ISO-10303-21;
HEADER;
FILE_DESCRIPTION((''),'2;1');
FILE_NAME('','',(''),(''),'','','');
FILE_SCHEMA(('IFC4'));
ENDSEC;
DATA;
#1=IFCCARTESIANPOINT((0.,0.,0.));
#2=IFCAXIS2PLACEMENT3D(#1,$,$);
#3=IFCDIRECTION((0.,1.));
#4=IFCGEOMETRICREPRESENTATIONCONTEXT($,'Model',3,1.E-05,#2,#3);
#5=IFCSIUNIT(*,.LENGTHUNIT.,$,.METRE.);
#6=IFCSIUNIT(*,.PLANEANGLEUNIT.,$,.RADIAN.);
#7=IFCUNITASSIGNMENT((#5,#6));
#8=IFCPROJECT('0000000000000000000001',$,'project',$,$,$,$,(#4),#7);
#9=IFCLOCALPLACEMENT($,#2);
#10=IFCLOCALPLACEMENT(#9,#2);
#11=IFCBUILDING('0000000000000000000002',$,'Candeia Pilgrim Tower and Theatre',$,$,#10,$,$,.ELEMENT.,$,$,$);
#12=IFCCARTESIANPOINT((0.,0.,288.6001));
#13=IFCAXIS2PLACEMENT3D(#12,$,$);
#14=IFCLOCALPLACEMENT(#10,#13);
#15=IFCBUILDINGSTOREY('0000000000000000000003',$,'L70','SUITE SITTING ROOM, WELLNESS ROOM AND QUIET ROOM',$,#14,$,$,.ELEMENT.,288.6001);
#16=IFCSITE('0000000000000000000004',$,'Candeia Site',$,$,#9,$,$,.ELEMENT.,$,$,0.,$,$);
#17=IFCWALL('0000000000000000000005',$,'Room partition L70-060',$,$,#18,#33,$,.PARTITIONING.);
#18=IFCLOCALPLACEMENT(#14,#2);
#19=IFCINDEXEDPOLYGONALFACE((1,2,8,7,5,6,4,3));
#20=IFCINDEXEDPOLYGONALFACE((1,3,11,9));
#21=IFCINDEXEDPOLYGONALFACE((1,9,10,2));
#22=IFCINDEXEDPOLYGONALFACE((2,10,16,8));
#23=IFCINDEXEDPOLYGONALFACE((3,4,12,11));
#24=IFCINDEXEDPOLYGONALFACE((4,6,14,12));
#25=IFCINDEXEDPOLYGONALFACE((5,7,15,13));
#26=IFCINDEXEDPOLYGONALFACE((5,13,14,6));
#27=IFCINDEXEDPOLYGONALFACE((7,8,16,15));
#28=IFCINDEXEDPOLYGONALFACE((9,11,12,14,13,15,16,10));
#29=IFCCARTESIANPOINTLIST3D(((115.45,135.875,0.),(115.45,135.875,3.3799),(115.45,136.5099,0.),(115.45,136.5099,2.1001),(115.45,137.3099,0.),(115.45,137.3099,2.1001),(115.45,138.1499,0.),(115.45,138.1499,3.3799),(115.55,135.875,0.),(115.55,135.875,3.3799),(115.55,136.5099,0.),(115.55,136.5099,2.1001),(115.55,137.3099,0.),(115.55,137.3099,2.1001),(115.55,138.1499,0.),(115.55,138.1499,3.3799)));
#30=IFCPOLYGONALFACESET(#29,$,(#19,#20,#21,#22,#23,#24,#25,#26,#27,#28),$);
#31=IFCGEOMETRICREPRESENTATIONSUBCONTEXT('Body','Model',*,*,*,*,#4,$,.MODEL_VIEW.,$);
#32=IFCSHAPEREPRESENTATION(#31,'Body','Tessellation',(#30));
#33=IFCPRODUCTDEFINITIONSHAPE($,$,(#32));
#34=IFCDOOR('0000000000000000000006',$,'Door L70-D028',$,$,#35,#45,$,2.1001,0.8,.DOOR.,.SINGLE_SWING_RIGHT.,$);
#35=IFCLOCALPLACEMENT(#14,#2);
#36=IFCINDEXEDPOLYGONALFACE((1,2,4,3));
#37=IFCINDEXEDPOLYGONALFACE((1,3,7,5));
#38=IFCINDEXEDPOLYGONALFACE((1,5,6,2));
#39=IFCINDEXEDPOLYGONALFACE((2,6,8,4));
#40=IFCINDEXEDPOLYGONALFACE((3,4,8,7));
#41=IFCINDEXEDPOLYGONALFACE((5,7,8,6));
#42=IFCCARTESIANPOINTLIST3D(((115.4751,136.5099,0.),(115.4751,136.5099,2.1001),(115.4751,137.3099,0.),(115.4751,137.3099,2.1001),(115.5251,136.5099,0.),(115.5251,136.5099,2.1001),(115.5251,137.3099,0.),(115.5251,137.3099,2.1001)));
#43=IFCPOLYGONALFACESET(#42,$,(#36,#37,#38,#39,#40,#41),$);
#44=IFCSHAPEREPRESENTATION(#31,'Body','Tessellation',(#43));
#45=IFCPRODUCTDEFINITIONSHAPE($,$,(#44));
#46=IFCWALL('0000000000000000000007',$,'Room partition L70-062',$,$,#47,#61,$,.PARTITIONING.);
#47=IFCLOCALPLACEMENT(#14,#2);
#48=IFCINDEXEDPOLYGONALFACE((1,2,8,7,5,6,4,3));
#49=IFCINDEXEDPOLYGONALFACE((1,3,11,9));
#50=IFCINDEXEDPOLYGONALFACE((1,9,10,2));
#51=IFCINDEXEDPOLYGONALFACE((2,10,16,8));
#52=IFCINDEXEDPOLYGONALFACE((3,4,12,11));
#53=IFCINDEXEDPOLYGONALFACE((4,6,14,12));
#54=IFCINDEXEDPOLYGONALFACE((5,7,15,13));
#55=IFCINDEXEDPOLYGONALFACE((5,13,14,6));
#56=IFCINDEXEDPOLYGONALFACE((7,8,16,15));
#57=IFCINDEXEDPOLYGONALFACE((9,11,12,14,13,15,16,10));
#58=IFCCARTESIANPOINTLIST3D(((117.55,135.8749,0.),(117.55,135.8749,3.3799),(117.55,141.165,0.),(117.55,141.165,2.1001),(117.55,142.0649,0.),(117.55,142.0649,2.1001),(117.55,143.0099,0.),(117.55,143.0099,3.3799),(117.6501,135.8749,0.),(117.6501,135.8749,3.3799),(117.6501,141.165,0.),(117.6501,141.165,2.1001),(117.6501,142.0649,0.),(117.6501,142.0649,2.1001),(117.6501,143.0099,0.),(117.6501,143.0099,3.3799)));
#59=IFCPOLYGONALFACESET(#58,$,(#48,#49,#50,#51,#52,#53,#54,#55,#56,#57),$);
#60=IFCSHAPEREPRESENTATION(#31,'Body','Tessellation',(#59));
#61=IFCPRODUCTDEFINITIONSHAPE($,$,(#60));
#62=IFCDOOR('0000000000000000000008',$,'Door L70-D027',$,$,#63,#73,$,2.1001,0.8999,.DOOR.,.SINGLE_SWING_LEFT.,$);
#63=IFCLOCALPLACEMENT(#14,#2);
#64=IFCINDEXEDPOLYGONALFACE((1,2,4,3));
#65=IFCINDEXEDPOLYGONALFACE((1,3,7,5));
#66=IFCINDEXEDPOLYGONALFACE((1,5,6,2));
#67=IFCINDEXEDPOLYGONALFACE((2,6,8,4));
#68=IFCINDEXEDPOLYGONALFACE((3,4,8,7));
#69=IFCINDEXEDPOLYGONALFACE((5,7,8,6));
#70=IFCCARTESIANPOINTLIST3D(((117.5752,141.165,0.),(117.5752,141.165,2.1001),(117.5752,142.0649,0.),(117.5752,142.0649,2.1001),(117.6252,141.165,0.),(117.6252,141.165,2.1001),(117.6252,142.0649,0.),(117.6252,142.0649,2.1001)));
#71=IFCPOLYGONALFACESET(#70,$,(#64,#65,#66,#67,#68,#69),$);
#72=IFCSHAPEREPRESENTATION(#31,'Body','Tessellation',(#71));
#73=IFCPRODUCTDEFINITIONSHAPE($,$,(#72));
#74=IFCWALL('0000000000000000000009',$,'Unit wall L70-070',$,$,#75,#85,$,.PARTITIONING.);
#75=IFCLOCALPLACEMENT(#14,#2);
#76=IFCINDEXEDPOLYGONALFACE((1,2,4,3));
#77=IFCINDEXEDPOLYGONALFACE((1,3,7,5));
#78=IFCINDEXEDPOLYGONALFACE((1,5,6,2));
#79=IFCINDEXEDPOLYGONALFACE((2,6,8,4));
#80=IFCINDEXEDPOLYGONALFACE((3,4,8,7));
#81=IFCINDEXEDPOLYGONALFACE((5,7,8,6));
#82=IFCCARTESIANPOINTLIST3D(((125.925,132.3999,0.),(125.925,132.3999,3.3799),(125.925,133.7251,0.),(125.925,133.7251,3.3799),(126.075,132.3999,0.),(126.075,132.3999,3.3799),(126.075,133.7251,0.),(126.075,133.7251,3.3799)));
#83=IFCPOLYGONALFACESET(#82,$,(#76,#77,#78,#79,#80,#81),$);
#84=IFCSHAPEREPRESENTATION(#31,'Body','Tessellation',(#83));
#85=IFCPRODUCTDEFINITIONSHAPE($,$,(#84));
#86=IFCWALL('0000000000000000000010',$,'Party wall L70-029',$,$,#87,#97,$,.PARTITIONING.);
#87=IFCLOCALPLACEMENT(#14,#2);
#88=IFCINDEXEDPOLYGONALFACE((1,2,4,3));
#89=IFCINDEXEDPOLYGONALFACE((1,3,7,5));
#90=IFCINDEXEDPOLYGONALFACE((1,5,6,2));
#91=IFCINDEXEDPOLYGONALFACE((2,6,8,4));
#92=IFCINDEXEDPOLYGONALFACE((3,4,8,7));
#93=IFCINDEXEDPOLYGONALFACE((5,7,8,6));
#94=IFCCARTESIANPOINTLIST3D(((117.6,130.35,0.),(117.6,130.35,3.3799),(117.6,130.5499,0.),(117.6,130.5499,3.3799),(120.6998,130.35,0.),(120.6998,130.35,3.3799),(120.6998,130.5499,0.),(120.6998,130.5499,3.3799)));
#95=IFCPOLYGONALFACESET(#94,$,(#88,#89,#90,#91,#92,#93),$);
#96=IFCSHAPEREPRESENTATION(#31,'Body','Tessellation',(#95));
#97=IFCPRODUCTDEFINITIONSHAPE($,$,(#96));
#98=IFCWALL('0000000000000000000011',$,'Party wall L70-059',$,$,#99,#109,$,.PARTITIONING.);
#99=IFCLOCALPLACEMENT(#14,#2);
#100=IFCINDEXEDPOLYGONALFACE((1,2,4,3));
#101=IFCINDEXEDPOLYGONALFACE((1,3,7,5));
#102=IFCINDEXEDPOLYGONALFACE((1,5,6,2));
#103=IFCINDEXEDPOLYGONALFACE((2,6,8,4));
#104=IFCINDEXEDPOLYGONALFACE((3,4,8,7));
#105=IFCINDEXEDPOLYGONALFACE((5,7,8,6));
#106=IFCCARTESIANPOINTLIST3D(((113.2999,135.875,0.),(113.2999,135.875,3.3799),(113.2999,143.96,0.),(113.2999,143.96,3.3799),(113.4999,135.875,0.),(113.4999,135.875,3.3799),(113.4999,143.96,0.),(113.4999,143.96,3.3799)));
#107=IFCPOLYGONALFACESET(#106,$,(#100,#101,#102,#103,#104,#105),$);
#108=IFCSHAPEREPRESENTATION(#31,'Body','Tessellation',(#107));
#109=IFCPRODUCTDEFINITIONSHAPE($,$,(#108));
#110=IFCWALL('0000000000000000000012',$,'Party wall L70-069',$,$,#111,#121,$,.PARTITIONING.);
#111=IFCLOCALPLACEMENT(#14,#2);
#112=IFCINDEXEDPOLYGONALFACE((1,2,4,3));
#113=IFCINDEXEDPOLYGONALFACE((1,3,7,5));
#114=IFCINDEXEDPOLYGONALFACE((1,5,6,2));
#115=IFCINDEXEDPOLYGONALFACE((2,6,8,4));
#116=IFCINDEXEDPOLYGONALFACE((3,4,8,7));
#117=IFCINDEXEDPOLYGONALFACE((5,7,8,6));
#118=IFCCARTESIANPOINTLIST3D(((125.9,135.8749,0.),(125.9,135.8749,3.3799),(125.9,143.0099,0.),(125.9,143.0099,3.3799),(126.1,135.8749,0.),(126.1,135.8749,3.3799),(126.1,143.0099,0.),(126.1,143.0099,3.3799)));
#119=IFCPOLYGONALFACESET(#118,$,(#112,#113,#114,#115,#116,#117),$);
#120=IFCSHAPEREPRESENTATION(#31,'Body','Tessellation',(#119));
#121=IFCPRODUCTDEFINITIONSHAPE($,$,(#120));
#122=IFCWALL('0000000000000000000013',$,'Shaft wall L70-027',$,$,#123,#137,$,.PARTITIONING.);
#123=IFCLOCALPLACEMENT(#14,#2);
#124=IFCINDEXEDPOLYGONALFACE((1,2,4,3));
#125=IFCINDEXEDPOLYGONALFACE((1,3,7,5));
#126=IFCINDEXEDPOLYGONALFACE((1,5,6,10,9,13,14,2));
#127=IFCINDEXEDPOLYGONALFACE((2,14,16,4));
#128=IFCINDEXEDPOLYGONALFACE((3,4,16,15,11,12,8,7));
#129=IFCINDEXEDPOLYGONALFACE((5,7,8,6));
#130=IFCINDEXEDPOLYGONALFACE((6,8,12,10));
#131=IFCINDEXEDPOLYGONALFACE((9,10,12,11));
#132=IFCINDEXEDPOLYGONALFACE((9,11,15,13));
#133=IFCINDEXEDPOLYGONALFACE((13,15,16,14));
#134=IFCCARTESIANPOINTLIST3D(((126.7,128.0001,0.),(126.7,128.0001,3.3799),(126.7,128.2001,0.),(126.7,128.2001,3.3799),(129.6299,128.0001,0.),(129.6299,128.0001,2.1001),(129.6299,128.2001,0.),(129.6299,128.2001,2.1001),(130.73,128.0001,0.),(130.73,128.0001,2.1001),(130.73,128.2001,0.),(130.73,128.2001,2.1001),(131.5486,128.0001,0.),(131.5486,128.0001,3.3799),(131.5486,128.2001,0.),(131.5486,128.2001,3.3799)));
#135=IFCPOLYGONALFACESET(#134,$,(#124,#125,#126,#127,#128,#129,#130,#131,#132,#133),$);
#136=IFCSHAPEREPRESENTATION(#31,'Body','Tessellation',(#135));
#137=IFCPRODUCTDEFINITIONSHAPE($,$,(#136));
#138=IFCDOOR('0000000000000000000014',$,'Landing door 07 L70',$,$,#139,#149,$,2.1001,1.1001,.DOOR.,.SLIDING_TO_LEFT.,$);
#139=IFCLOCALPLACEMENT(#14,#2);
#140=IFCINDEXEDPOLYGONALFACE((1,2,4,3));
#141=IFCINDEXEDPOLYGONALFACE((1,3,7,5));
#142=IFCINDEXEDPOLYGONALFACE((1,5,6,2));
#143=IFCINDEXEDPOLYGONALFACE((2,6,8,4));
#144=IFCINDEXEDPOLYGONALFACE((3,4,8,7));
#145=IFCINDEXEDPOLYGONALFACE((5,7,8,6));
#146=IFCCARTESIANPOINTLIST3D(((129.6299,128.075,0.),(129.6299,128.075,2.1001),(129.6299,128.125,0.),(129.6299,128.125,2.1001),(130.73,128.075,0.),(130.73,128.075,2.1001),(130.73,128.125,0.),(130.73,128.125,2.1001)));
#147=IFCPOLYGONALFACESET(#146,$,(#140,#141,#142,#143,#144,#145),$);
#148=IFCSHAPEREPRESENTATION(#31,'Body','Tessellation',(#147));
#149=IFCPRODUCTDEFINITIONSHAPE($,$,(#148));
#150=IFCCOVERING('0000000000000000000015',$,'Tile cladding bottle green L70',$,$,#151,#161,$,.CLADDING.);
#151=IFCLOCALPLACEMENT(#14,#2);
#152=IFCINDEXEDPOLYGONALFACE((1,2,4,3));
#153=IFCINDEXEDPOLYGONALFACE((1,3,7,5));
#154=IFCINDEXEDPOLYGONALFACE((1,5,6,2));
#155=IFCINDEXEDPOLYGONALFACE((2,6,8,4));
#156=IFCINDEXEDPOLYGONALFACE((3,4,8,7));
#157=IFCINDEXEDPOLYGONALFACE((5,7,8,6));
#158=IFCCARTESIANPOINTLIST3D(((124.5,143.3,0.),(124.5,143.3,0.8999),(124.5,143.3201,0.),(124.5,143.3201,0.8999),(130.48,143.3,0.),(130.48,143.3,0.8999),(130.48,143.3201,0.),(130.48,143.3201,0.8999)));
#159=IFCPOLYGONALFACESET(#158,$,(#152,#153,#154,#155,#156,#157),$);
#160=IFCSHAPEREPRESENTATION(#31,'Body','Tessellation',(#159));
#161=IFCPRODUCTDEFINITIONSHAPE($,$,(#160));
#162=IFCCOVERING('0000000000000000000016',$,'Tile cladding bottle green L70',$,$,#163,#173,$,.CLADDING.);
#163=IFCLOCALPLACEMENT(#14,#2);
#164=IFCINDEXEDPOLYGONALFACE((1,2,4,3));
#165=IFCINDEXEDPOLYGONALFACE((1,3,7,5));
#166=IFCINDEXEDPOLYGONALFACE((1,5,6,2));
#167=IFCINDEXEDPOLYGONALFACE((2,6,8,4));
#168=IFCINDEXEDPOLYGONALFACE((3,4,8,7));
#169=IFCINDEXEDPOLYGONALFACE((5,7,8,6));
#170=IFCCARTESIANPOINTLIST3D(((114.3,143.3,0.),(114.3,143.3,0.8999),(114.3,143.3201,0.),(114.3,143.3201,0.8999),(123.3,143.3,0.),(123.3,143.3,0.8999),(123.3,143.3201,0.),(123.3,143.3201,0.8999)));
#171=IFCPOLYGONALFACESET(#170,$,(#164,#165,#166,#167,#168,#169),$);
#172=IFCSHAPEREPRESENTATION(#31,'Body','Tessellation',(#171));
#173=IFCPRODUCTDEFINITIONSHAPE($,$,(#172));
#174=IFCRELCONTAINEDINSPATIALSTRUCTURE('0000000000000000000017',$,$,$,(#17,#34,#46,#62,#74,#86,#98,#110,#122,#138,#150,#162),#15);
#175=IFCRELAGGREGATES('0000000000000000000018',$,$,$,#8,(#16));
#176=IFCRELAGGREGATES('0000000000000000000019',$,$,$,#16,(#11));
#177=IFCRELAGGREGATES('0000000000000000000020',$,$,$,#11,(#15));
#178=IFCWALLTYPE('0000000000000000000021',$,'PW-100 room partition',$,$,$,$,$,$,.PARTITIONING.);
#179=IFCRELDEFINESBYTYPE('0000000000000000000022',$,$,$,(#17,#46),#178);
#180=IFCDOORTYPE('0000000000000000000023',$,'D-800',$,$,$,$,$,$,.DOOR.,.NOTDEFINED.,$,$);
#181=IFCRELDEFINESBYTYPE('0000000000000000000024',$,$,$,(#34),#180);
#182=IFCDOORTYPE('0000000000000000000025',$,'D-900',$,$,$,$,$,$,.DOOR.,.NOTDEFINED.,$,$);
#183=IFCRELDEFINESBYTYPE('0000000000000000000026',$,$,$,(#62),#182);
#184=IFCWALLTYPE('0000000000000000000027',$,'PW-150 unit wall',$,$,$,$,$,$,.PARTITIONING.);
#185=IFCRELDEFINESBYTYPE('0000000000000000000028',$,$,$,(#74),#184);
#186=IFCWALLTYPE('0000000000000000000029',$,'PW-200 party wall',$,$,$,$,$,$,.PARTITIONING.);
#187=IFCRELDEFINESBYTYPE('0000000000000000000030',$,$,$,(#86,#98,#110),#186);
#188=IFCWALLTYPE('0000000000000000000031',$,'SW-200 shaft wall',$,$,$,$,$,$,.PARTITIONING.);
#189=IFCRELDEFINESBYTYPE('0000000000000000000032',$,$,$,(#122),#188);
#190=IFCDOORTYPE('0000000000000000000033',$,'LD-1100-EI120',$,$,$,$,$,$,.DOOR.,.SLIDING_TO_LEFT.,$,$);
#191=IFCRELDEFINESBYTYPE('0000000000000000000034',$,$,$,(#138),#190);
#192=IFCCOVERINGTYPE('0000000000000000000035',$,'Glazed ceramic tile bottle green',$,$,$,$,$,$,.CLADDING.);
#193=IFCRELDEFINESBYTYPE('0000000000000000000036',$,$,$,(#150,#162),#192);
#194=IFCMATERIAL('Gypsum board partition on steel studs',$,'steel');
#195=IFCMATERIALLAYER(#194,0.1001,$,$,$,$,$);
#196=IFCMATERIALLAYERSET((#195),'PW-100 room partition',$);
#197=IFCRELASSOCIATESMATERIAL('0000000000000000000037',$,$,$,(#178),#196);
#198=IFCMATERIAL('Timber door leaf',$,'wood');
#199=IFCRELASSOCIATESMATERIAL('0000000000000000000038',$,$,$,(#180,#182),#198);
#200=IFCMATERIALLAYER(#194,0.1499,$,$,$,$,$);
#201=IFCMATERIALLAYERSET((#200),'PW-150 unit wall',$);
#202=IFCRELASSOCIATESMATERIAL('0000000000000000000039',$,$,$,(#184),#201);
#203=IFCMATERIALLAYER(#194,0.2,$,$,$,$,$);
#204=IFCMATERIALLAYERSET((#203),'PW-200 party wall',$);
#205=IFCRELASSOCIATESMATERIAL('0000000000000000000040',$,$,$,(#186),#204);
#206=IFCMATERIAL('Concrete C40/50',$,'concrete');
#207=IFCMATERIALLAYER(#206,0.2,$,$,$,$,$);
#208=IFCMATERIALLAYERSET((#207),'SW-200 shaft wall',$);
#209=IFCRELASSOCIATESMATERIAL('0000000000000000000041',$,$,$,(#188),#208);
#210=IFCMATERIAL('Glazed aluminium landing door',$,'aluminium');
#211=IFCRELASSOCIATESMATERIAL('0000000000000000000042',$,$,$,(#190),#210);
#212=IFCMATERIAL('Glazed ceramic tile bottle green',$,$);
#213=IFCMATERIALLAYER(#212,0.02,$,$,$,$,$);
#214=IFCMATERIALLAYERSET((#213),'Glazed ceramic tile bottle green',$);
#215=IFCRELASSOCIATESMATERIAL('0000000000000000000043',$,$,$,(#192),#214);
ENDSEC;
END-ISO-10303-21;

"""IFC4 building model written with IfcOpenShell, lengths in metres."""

from ifc_helpers import new_model, si_unit, direction, frame, frame_2d, origin, origin_2d, place, context, subcontext, project, spatial, rectangle, extrude, material, layer, layer_set, type_object, element, fill, save


model = new_model("IFC4")

# Units and contexts
model_context = context("Model", 3, precision=1e-05, world=origin(), true_north=direction((0.0, 1.0)))
body_context = subcontext(model_context, "Body", "Model", "MODEL_VIEW")
ifc_project = project(units=[si_unit("LENGTHUNIT", "METRE"), si_unit("PLANEANGLEUNIT", "RADIAN")], contexts=[model_context])

# Site, building, storey
site_placement = place(None, origin())
site = spatial("IfcSite", under=ifc_project, at=site_placement, Name="Candeia Site", CompositionType="ELEMENT", RefElevation=0.0)
building_placement = place(site_placement, origin())
building = spatial("IfcBuilding", under=site, at=building_placement, Name="Candeia Pilgrim Tower and Theatre", CompositionType="ELEMENT")
storey_placement = place(building_placement, frame((0.0, 0.0, 288.6001)))
storey = spatial("IfcBuildingStorey", under=building, at=storey_placement, Name="L70", Description="SUITE SITTING ROOM, WELLNESS ROOM AND QUIET ROOM", CompositionType="ELEMENT", Elevation=288.6001)

# Shared definitions
ifc_material_1 = material(Name="Concrete C40/50", Category="concrete")

# Shared definitions
ifc_material_2 = material(Name="Gypsum board partition on steel studs", Category="steel")
ifc_layer_1 = layer(ifc_material_2, 0.1001)
ifc_layer_set_1 = layer_set([ifc_layer_1], Name="PW-100 room partition")
wall_type_1 = type_object("IfcWallType", Name="PW-100 room partition", PredefinedType="PARTITIONING", material=ifc_layer_set_1)

# Walls, openings, doors
ifc_material_3 = material(Name="Timber door leaf", Category="wood")
door_type_1 = type_object("IfcDoorType", Name="D-800", OperationType="NOTDEFINED", PredefinedType="DOOR", material=ifc_material_3)
wall_1_placement = place(storey_placement, frame((115.5, 135.875, 0.0), z_axis=(0.0, 0.0, 1.0), x_axis=(0.0, 1.0, 0.0)))
wall_1 = element("IfcWall", 1, at=wall_1_placement, inside=storey, type_object=wall_type_1, Name="Room partition L70-060", PredefinedType="PARTITIONING", context=body_context, shape_type="SweptSolid", body=[
    extrude(rectangle(XDim=2.2749, YDim=0.1001, at=frame_2d((1.1375, 0.0))), origin(), (0.0, 0.0, 1.0), 3.3799),
])
opening_1_placement = place(wall_1_placement, frame((0.635, 0.0, 0.0)))
opening_1 = element("IfcOpeningElement", 2, at=opening_1_placement, cuts=wall_1, PredefinedType="OPENING", context=body_context, shape_type="SweptSolid", body=[
    extrude(rectangle(XDim=0.8, YDim=2.1001, at=frame_2d((0.3999, 1.05))), frame((0.0, 0.0601, 0.0), z_axis=(0.0, -1.0, 0.0), x_axis=(1.0, 0.0, 0.0)), (0.0, 0.0, 1.0), 0.1201),
])
door_1_placement = place(opening_1_placement, origin())
door_1 = element("IfcDoor", 3, at=door_1_placement, inside=storey, type_object=door_type_1, Name="Door L70-D028", OperationType="SINGLE_SWING_RIGHT", OverallHeight=2.1001, OverallWidth=0.8, PredefinedType="DOOR", context=body_context, shape_type="SweptSolid", body=[
    extrude(rectangle(XDim=0.8, YDim=2.1001, at=frame_2d((0.3999, 1.05))), frame((0.0, 0.0249, 0.0), z_axis=(0.0, -1.0, 0.0), x_axis=(1.0, 0.0, 0.0)), (0.0, 0.0, 1.0), 0.05),
])
fill(opening_1, door_1)
wall_2_placement = place(storey_placement, frame((117.6001, 135.875, 0.0), z_axis=(0.0, 0.0, 1.0), x_axis=(0.0, 1.0, 0.0)))
wall_2 = element("IfcWall", 4, at=wall_2_placement, inside=storey, type_object=wall_type_1, Name="Room partition L70-062", PredefinedType="PARTITIONING", context=body_context, shape_type="SweptSolid", body=[
    extrude(rectangle(XDim=7.135, YDim=0.1001, at=frame_2d((3.5674, 0.0))), origin(), (0.0, 0.0, 1.0), 3.3799),
])
opening_2_placement = place(wall_2_placement, frame((5.29, 0.0, 0.0)))
opening_2 = element("IfcOpeningElement", 5, at=opening_2_placement, cuts=wall_2, PredefinedType="OPENING", context=body_context, shape_type="SweptSolid", body=[
    extrude(rectangle(XDim=0.8999, YDim=2.1001, at=frame_2d((0.45, 1.05))), frame((0.0, 0.0601, 0.0), z_axis=(0.0, -1.0, 0.0), x_axis=(1.0, 0.0, 0.0)), (0.0, 0.0, 1.0), 0.1201),
])
door_type_2 = type_object("IfcDoorType", Name="D-900", OperationType="NOTDEFINED", PredefinedType="DOOR", material=ifc_material_3)
door_2_placement = place(opening_2_placement, origin())
door_2 = element("IfcDoor", 6, at=door_2_placement, inside=storey, type_object=door_type_2, Name="Door L70-D027", OperationType="SINGLE_SWING_LEFT", OverallHeight=2.1001, OverallWidth=0.8999, PredefinedType="DOOR", context=body_context, shape_type="SweptSolid", body=[
    extrude(rectangle(XDim=0.8999, YDim=2.1001, at=frame_2d((0.45, 1.05))), frame((0.0, 0.0249, 0.0), z_axis=(0.0, -1.0, 0.0), x_axis=(1.0, 0.0, 0.0)), (0.0, 0.0, 1.0), 0.05),
])
fill(opening_2, door_2)

# Walls
ifc_layer_2 = layer(ifc_material_2, 0.1499)
ifc_layer_set_2 = layer_set([ifc_layer_2], Name="PW-150 unit wall")
wall_type_2 = type_object("IfcWallType", Name="PW-150 unit wall", PredefinedType="PARTITIONING", material=ifc_layer_set_2)
wall_3_placement = place(storey_placement, frame((126.0, 132.3999, 0.0), z_axis=(0.0, 0.0, 1.0), x_axis=(0.0, 1.0, 0.0)))
element("IfcWall", 7, at=wall_3_placement, inside=storey, type_object=wall_type_2, Name="Unit wall L70-070", PredefinedType="PARTITIONING", context=body_context, shape_type="SweptSolid", body=[
    extrude(rectangle(XDim=1.3252, YDim=0.1499, at=frame_2d((0.6626, 0.0))), origin(), (0.0, 0.0, 1.0), 3.3799),
])
ifc_layer_3 = layer(ifc_material_2, 0.2)
ifc_layer_set_3 = layer_set([ifc_layer_3], Name="PW-200 party wall")
wall_type_3 = type_object("IfcWallType", Name="PW-200 party wall", PredefinedType="PARTITIONING", material=ifc_layer_set_3)
wall_4_placement = place(storey_placement, frame((117.6001, 130.45, 0.0), z_axis=(0.0, 0.0, 1.0), x_axis=(1.0, 0.0, 0.0)))
element("IfcWall", 8, at=wall_4_placement, inside=storey, type_object=wall_type_3, Name="Party wall L70-029", PredefinedType="PARTITIONING", context=body_context, shape_type="SweptSolid", body=[
    extrude(rectangle(XDim=3.0999, YDim=0.2, at=frame_2d((1.5498, 0.0))), origin(), (0.0, 0.0, 1.0), 3.3799),
])
wall_5_placement = place(storey_placement, frame((113.3999, 135.875, 0.0), z_axis=(0.0, 0.0, 1.0), x_axis=(0.0, 1.0, 0.0)))
element("IfcWall", 9, at=wall_5_placement, inside=storey, type_object=wall_type_3, Name="Party wall L70-059", PredefinedType="PARTITIONING", context=body_context, shape_type="SweptSolid", body=[
    extrude(rectangle(XDim=8.085, YDim=0.2, at=frame_2d((4.0425, 0.0))), origin(), (0.0, 0.0, 1.0), 3.3799),
])
wall_6_placement = place(storey_placement, frame((126.0, 135.875, 0.0), z_axis=(0.0, 0.0, 1.0), x_axis=(0.0, 1.0, 0.0)))
element("IfcWall", 10, at=wall_6_placement, inside=storey, type_object=wall_type_3, Name="Party wall L70-069", PredefinedType="PARTITIONING", context=body_context, shape_type="SweptSolid", body=[
    extrude(rectangle(XDim=7.135, YDim=0.2, at=frame_2d((3.5674, 0.0))), origin(), (0.0, 0.0, 1.0), 3.3799),
])

# Wall, opening, door
ifc_layer_4 = layer(ifc_material_1, 0.2)
ifc_layer_set_4 = layer_set([ifc_layer_4], Name="SW-200 shaft wall")
wall_type_4 = type_object("IfcWallType", Name="SW-200 shaft wall", PredefinedType="PARTITIONING", material=ifc_layer_set_4)
wall_7_placement = place(storey_placement, frame((126.7, 128.1001, 0.0), z_axis=(0.0, 0.0, 1.0), x_axis=(1.0, 0.0, 0.0)))
wall_7 = element("IfcWall", 11, at=wall_7_placement, inside=storey, type_object=wall_type_4, Name="Shaft wall L70-027", PredefinedType="PARTITIONING", context=body_context, shape_type="SweptSolid", body=[
    extrude(rectangle(XDim=4.8486, YDim=0.2, at=frame_2d((2.4243, 0.0))), origin(), (0.0, 0.0, 1.0), 3.3799),
])
opening_3_placement = place(wall_7_placement, frame((2.9299, 0.0, 0.0)))
opening_3 = element("IfcOpeningElement", 12, at=opening_3_placement, cuts=wall_7, PredefinedType="OPENING", context=body_context, shape_type="SweptSolid", body=[
    extrude(rectangle(XDim=1.1001, YDim=2.1001, at=frame_2d((0.55, 1.05))), frame((0.0, 0.1099, 0.0), z_axis=(0.0, -1.0, 0.0), x_axis=(1.0, 0.0, 0.0)), (0.0, 0.0, 1.0), 0.22),
])
ifc_material_4 = material(Name="Glazed aluminium landing door", Category="aluminium")
door_type_3 = type_object("IfcDoorType", Name="LD-1100-EI120", OperationType="SLIDING_TO_LEFT", PredefinedType="DOOR", material=ifc_material_4)
door_3_placement = place(opening_3_placement, origin())
door_3 = element("IfcDoor", 13, at=door_3_placement, inside=storey, type_object=door_type_3, Name="Landing door 07 L70", OperationType="SLIDING_TO_LEFT", OverallHeight=2.1001, OverallWidth=1.1001, PredefinedType="DOOR", context=body_context, shape_type="SweptSolid", body=[
    extrude(rectangle(XDim=1.1001, YDim=2.1001, at=frame_2d((0.55, 1.05))), frame((0.0, 0.0249, 0.0), z_axis=(0.0, -1.0, 0.0), x_axis=(1.0, 0.0, 0.0)), (0.0, 0.0, 1.0), 0.05),
])
fill(opening_3, door_3)

# Coverings
ifc_material_5 = material(Name="Glazed ceramic tile bottle green")
ifc_layer_5 = layer(ifc_material_5, 0.02)
ifc_layer_set_5 = layer_set([ifc_layer_5], Name="Glazed ceramic tile bottle green")
covering_type = type_object("IfcCoveringType", Name="Glazed ceramic tile bottle green", PredefinedType="CLADDING", material=ifc_layer_set_5)
covering_1_placement = place(storey_placement, frame((127.49, 143.3101, 0.0), z_axis=(0.0, 0.0, 1.0), x_axis=(-1.0, 0.0, 0.0)))
element("IfcCovering", 14, at=covering_1_placement, inside=storey, type_object=covering_type, Name="Tile cladding bottle green L70", PredefinedType="CLADDING", context=body_context, shape_type="SweptSolid", body=[
    extrude(rectangle(XDim=5.98, YDim=0.02, at=origin_2d()), origin(), (0.0, 0.0, 1.0), 0.8999),
])
covering_2_placement = place(storey_placement, frame((118.8, 143.3101, 0.0), z_axis=(0.0, 0.0, 1.0), x_axis=(-1.0, 0.0, 0.0)))
element("IfcCovering", 15, at=covering_2_placement, inside=storey, type_object=covering_type, Name="Tile cladding bottle green L70", PredefinedType="CLADDING", context=body_context, shape_type="SweptSolid", body=[
    extrude(rectangle(XDim=9.0, YDim=0.02, at=origin_2d()), origin(), (0.0, 0.0, 1.0), 0.8999),
])

save(model, "model.ifc")
